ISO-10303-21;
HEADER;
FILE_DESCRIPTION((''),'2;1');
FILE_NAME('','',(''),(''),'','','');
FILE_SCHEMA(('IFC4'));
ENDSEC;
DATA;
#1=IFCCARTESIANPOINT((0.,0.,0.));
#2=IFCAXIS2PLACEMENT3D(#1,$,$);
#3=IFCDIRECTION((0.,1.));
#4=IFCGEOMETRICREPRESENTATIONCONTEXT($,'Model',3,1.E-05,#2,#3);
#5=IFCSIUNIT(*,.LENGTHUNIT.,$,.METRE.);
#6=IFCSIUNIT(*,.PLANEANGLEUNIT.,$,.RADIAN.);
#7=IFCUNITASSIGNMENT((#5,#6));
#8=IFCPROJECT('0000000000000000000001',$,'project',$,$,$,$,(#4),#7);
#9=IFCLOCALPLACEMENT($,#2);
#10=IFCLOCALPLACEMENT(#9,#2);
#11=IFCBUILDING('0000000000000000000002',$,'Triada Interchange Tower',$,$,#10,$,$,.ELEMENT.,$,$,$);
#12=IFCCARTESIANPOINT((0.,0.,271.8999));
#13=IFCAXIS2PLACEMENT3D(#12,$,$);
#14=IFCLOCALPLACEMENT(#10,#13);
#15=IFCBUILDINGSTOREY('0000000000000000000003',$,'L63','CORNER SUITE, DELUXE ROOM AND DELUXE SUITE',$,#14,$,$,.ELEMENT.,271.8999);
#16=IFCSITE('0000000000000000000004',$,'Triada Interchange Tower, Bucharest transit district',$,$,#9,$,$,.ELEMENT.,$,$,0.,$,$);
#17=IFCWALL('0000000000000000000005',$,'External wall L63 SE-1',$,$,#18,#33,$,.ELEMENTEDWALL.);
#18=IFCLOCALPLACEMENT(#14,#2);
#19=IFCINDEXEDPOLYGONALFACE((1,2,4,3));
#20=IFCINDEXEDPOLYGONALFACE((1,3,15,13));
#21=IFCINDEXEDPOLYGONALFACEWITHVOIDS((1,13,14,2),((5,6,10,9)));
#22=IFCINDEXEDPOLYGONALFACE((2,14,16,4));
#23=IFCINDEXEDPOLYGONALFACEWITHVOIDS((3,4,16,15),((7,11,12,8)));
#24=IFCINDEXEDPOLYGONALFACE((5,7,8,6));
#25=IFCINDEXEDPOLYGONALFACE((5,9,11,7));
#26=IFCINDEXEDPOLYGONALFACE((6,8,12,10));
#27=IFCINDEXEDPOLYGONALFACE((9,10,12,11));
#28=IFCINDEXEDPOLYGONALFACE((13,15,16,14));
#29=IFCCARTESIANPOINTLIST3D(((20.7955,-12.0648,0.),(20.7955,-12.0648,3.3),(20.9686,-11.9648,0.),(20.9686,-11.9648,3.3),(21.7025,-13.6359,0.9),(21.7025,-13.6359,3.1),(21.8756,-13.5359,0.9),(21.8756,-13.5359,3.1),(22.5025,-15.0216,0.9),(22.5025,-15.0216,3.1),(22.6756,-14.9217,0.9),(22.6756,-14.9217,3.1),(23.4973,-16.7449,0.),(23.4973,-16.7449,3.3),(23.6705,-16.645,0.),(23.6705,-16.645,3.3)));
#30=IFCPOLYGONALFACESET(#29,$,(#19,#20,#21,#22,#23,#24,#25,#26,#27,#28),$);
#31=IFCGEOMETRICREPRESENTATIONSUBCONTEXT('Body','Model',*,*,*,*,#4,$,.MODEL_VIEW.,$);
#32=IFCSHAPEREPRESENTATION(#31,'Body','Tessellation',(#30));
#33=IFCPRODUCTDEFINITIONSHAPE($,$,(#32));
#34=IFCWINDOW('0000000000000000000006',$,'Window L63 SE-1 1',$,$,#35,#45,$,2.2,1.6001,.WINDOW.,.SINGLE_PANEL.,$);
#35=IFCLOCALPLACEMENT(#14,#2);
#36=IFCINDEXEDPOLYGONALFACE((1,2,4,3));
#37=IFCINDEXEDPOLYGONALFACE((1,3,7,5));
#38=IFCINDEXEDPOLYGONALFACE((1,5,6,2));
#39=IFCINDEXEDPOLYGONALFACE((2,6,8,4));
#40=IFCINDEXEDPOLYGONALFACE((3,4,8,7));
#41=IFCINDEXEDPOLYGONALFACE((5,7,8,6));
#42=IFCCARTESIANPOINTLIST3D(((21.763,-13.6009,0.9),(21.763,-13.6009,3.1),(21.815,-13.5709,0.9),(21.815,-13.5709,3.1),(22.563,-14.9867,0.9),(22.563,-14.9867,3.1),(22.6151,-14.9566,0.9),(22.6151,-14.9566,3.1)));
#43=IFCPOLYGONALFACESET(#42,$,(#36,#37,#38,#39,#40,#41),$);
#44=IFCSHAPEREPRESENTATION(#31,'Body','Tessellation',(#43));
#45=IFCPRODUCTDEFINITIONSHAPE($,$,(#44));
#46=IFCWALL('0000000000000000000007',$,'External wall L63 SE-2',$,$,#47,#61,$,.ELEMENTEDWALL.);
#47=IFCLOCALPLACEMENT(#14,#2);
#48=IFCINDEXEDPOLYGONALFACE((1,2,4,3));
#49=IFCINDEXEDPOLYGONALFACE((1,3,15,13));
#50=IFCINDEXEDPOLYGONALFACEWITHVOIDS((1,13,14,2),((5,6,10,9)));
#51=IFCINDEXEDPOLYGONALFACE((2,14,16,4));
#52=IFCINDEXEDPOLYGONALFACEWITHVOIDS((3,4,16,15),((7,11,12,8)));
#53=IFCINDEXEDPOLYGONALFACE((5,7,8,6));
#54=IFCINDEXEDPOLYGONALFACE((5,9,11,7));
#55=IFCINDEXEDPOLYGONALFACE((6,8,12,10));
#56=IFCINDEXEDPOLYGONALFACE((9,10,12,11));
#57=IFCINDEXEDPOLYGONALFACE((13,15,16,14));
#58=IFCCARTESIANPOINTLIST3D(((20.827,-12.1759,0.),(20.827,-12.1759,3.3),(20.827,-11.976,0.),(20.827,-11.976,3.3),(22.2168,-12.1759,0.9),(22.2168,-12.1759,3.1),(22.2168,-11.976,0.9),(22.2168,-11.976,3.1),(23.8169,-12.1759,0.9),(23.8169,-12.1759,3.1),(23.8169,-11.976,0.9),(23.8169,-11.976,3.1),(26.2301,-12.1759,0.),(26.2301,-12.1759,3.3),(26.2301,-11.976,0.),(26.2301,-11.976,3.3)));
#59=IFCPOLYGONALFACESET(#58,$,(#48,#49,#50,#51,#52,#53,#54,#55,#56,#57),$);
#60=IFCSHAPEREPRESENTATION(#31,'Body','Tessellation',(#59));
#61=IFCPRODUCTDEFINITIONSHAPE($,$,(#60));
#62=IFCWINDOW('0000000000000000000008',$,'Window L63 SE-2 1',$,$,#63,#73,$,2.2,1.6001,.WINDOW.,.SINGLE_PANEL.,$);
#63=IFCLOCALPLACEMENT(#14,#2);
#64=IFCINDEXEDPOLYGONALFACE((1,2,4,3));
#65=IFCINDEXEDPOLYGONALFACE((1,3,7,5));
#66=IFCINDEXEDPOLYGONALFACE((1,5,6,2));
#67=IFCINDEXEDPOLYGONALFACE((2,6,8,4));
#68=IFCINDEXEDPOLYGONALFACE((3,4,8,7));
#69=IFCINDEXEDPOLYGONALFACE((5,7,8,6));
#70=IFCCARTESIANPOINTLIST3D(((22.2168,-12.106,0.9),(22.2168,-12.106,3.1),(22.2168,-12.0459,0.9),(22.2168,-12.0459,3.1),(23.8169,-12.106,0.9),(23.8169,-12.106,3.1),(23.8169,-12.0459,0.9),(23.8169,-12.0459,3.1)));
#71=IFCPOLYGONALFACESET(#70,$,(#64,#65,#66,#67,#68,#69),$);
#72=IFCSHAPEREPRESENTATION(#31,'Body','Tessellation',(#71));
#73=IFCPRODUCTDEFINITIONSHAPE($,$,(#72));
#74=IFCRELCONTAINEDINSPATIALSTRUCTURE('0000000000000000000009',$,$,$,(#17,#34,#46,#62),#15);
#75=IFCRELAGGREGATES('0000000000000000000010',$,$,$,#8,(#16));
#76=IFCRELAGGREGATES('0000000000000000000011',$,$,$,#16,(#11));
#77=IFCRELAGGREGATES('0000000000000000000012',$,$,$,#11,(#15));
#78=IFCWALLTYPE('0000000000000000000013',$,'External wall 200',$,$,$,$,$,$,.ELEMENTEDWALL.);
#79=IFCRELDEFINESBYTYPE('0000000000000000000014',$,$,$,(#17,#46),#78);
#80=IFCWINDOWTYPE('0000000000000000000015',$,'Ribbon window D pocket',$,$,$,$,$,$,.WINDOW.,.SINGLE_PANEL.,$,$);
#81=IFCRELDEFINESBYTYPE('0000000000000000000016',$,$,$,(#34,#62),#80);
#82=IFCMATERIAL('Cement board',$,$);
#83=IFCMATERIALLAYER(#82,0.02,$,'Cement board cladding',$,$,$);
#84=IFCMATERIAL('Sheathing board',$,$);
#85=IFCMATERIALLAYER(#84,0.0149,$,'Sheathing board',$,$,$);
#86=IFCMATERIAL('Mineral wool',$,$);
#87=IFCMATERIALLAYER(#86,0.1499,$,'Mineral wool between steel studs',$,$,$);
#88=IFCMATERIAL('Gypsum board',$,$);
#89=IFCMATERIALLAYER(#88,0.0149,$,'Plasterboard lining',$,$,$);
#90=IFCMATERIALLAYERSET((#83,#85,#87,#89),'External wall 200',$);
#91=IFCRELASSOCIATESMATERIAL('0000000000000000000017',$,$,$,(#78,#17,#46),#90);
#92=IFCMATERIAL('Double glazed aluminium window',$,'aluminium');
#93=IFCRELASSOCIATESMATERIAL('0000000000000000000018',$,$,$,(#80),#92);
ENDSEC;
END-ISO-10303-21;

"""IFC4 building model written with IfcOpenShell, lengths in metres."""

from ifc_helpers import new_model, si_unit, direction, frame, frame_2d, origin, place, context, subcontext, project, spatial, rectangle, extrude, material, layer, layer_set, layer_usage, type_object, element, fill, save


model = new_model("IFC4")

# Units and contexts
model_context = context("Model", 3, precision=1e-05, world=origin(), true_north=direction((0.0, 1.0)))
body_context = subcontext(model_context, "Body", "Model", "MODEL_VIEW")
ifc_project = project(units=[si_unit("LENGTHUNIT", "METRE"), si_unit("PLANEANGLEUNIT", "RADIAN")], contexts=[model_context])

# Site, building, storey
site_placement = place(None, origin())
site = spatial("IfcSite", under=ifc_project, at=site_placement, Name="Triada Interchange Tower, Bucharest transit district", CompositionType="ELEMENT", RefElevation=0.0)
building_placement = place(site_placement, origin())
building = spatial("IfcBuilding", under=site, at=building_placement, Name="Triada Interchange Tower", CompositionType="ELEMENT")
storey_placement = place(building_placement, frame((0.0, 0.0, 271.8999)))
storey = spatial("IfcBuildingStorey", under=building, at=storey_placement, Name="L63", Description="CORNER SUITE, DELUXE ROOM AND DELUXE SUITE", CompositionType="ELEMENT", Elevation=271.8999)

# Walls, openings, windows
ifc_material_1 = material(Name="Cement board")
ifc_layer_1 = layer(ifc_material_1, 0.02, Name="Cement board cladding")
ifc_material_2 = material(Name="Sheathing board")
ifc_layer_2 = layer(ifc_material_2, 0.0149, Name="Sheathing board")
ifc_material_3 = material(Name="Mineral wool")
ifc_layer_3 = layer(ifc_material_3, 0.1499, Name="Mineral wool between steel studs")
ifc_material_4 = material(Name="Gypsum board")
ifc_layer_4 = layer(ifc_material_4, 0.0149, Name="Plasterboard lining")
ifc_layer_set_1 = layer_set([ifc_layer_1, ifc_layer_2, ifc_layer_3, ifc_layer_4], Name="External wall 200")
ifc_layer_usage = layer_usage(ifc_layer_set_1, "AXIS2", "POSITIVE", -0.1001)
wall_type = type_object("IfcWallType", Name="External wall 200", PredefinedType="ELEMENTEDWALL", material=ifc_layer_set_1)
wall_1_placement = place(storey_placement, frame((23.584, -16.6951, 0.0), z_axis=(0.0, 0.0, 1.0), x_axis=(-0.499973, 0.866041, 0.0)))
wall_1 = element("IfcWall", 1, at=wall_1_placement, inside=storey, type_object=wall_type, material=ifc_layer_usage, Name="External wall L63 SE-1", PredefinedType="ELEMENTEDWALL", context=body_context, shape_type="SweptSolid", body=[
    extrude(rectangle(XDim=5.4041, YDim=0.2, at=frame_2d((2.7021, 0.0))), origin(), (0.0, 0.0, 1.0), 3.3),
])
opening_1_placement = place(wall_1_placement, frame((1.99, 0.0, 0.8999)))
opening_1 = element("IfcOpeningElement", 2, at=opening_1_placement, cuts=wall_1, PredefinedType="OPENING", context=body_context, shape_type="SweptSolid", body=[
    extrude(rectangle(XDim=1.6001, YDim=2.2, at=frame_2d((0.8, 1.1001))), frame((0.0, 0.1099, 0.0), z_axis=(0.0, -1.0, 0.0), x_axis=(1.0, 0.0, 0.0)), (0.0, 0.0, 1.0), 0.22),
])
ifc_material_5 = material(Name="Double glazed aluminium window", Category="aluminium")
window_type_1 = type_object("IfcWindowType", Name="Ribbon window D pocket", PartitioningType="SINGLE_PANEL", PredefinedType="WINDOW", material=ifc_material_5)
window_1_placement = place(opening_1_placement, origin())
window_1 = element("IfcWindow", 3, at=window_1_placement, inside=storey, type_object=window_type_1, Name="Window L63 SE-1 1", OverallHeight=2.2, OverallWidth=1.6001, PartitioningType="SINGLE_PANEL", PredefinedType="WINDOW", context=body_context, shape_type="SweptSolid", body=[
    extrude(rectangle(XDim=1.6001, YDim=2.2, at=frame_2d((0.8, 1.1001))), frame((0.0, 0.03, 0.0), z_axis=(0.0, -1.0, 0.0), x_axis=(1.0, 0.0, 0.0)), (0.0, 0.0, 1.0), 0.0601),
])
fill(opening_1, window_1)
wall_2_placement = place(storey_placement, frame((20.8269, -12.0759, 0.0), z_axis=(0.0, 0.0, 1.0), x_axis=(1.0, 0.0, 0.0)))
wall_2 = element("IfcWall", 4, at=wall_2_placement, inside=storey, type_object=wall_type, material=ifc_layer_usage, Name="External wall L63 SE-2", PredefinedType="ELEMENTEDWALL", context=body_context, shape_type="SweptSolid", body=[
    extrude(rectangle(XDim=5.4031, YDim=0.2, at=frame_2d((2.7017, 0.0))), origin(), (0.0, 0.0, 1.0), 3.3),
])
opening_2_placement = place(wall_2_placement, frame((1.3899, 0.0, 0.8999)))
opening_2 = element("IfcOpeningElement", 5, at=opening_2_placement, cuts=wall_2, PredefinedType="OPENING", context=body_context, shape_type="SweptSolid", body=[
    extrude(rectangle(XDim=1.6001, YDim=2.2, at=frame_2d((0.8, 1.1001))), frame((0.0, 0.1099, 0.0), z_axis=(0.0, -1.0, 0.0), x_axis=(1.0, 0.0, 0.0)), (0.0, 0.0, 1.0), 0.22),
])
window_2_placement = place(opening_2_placement, origin())
window_2 = element("IfcWindow", 6, at=window_2_placement, inside=storey, type_object=window_type_1, Name="Window L63 SE-2 1", OverallHeight=2.2, OverallWidth=1.6001, PartitioningType="SINGLE_PANEL", PredefinedType="WINDOW", context=body_context, shape_type="SweptSolid", body=[
    extrude(rectangle(XDim=1.6001, YDim=2.2, at=frame_2d((0.8, 1.1001))), frame((0.0, 0.03, 0.0), z_axis=(0.0, -1.0, 0.0), x_axis=(1.0, 0.0, 0.0)), (0.0, 0.0, 1.0), 0.0601),
])
fill(opening_2, window_2)

save(model, "model.ifc")
